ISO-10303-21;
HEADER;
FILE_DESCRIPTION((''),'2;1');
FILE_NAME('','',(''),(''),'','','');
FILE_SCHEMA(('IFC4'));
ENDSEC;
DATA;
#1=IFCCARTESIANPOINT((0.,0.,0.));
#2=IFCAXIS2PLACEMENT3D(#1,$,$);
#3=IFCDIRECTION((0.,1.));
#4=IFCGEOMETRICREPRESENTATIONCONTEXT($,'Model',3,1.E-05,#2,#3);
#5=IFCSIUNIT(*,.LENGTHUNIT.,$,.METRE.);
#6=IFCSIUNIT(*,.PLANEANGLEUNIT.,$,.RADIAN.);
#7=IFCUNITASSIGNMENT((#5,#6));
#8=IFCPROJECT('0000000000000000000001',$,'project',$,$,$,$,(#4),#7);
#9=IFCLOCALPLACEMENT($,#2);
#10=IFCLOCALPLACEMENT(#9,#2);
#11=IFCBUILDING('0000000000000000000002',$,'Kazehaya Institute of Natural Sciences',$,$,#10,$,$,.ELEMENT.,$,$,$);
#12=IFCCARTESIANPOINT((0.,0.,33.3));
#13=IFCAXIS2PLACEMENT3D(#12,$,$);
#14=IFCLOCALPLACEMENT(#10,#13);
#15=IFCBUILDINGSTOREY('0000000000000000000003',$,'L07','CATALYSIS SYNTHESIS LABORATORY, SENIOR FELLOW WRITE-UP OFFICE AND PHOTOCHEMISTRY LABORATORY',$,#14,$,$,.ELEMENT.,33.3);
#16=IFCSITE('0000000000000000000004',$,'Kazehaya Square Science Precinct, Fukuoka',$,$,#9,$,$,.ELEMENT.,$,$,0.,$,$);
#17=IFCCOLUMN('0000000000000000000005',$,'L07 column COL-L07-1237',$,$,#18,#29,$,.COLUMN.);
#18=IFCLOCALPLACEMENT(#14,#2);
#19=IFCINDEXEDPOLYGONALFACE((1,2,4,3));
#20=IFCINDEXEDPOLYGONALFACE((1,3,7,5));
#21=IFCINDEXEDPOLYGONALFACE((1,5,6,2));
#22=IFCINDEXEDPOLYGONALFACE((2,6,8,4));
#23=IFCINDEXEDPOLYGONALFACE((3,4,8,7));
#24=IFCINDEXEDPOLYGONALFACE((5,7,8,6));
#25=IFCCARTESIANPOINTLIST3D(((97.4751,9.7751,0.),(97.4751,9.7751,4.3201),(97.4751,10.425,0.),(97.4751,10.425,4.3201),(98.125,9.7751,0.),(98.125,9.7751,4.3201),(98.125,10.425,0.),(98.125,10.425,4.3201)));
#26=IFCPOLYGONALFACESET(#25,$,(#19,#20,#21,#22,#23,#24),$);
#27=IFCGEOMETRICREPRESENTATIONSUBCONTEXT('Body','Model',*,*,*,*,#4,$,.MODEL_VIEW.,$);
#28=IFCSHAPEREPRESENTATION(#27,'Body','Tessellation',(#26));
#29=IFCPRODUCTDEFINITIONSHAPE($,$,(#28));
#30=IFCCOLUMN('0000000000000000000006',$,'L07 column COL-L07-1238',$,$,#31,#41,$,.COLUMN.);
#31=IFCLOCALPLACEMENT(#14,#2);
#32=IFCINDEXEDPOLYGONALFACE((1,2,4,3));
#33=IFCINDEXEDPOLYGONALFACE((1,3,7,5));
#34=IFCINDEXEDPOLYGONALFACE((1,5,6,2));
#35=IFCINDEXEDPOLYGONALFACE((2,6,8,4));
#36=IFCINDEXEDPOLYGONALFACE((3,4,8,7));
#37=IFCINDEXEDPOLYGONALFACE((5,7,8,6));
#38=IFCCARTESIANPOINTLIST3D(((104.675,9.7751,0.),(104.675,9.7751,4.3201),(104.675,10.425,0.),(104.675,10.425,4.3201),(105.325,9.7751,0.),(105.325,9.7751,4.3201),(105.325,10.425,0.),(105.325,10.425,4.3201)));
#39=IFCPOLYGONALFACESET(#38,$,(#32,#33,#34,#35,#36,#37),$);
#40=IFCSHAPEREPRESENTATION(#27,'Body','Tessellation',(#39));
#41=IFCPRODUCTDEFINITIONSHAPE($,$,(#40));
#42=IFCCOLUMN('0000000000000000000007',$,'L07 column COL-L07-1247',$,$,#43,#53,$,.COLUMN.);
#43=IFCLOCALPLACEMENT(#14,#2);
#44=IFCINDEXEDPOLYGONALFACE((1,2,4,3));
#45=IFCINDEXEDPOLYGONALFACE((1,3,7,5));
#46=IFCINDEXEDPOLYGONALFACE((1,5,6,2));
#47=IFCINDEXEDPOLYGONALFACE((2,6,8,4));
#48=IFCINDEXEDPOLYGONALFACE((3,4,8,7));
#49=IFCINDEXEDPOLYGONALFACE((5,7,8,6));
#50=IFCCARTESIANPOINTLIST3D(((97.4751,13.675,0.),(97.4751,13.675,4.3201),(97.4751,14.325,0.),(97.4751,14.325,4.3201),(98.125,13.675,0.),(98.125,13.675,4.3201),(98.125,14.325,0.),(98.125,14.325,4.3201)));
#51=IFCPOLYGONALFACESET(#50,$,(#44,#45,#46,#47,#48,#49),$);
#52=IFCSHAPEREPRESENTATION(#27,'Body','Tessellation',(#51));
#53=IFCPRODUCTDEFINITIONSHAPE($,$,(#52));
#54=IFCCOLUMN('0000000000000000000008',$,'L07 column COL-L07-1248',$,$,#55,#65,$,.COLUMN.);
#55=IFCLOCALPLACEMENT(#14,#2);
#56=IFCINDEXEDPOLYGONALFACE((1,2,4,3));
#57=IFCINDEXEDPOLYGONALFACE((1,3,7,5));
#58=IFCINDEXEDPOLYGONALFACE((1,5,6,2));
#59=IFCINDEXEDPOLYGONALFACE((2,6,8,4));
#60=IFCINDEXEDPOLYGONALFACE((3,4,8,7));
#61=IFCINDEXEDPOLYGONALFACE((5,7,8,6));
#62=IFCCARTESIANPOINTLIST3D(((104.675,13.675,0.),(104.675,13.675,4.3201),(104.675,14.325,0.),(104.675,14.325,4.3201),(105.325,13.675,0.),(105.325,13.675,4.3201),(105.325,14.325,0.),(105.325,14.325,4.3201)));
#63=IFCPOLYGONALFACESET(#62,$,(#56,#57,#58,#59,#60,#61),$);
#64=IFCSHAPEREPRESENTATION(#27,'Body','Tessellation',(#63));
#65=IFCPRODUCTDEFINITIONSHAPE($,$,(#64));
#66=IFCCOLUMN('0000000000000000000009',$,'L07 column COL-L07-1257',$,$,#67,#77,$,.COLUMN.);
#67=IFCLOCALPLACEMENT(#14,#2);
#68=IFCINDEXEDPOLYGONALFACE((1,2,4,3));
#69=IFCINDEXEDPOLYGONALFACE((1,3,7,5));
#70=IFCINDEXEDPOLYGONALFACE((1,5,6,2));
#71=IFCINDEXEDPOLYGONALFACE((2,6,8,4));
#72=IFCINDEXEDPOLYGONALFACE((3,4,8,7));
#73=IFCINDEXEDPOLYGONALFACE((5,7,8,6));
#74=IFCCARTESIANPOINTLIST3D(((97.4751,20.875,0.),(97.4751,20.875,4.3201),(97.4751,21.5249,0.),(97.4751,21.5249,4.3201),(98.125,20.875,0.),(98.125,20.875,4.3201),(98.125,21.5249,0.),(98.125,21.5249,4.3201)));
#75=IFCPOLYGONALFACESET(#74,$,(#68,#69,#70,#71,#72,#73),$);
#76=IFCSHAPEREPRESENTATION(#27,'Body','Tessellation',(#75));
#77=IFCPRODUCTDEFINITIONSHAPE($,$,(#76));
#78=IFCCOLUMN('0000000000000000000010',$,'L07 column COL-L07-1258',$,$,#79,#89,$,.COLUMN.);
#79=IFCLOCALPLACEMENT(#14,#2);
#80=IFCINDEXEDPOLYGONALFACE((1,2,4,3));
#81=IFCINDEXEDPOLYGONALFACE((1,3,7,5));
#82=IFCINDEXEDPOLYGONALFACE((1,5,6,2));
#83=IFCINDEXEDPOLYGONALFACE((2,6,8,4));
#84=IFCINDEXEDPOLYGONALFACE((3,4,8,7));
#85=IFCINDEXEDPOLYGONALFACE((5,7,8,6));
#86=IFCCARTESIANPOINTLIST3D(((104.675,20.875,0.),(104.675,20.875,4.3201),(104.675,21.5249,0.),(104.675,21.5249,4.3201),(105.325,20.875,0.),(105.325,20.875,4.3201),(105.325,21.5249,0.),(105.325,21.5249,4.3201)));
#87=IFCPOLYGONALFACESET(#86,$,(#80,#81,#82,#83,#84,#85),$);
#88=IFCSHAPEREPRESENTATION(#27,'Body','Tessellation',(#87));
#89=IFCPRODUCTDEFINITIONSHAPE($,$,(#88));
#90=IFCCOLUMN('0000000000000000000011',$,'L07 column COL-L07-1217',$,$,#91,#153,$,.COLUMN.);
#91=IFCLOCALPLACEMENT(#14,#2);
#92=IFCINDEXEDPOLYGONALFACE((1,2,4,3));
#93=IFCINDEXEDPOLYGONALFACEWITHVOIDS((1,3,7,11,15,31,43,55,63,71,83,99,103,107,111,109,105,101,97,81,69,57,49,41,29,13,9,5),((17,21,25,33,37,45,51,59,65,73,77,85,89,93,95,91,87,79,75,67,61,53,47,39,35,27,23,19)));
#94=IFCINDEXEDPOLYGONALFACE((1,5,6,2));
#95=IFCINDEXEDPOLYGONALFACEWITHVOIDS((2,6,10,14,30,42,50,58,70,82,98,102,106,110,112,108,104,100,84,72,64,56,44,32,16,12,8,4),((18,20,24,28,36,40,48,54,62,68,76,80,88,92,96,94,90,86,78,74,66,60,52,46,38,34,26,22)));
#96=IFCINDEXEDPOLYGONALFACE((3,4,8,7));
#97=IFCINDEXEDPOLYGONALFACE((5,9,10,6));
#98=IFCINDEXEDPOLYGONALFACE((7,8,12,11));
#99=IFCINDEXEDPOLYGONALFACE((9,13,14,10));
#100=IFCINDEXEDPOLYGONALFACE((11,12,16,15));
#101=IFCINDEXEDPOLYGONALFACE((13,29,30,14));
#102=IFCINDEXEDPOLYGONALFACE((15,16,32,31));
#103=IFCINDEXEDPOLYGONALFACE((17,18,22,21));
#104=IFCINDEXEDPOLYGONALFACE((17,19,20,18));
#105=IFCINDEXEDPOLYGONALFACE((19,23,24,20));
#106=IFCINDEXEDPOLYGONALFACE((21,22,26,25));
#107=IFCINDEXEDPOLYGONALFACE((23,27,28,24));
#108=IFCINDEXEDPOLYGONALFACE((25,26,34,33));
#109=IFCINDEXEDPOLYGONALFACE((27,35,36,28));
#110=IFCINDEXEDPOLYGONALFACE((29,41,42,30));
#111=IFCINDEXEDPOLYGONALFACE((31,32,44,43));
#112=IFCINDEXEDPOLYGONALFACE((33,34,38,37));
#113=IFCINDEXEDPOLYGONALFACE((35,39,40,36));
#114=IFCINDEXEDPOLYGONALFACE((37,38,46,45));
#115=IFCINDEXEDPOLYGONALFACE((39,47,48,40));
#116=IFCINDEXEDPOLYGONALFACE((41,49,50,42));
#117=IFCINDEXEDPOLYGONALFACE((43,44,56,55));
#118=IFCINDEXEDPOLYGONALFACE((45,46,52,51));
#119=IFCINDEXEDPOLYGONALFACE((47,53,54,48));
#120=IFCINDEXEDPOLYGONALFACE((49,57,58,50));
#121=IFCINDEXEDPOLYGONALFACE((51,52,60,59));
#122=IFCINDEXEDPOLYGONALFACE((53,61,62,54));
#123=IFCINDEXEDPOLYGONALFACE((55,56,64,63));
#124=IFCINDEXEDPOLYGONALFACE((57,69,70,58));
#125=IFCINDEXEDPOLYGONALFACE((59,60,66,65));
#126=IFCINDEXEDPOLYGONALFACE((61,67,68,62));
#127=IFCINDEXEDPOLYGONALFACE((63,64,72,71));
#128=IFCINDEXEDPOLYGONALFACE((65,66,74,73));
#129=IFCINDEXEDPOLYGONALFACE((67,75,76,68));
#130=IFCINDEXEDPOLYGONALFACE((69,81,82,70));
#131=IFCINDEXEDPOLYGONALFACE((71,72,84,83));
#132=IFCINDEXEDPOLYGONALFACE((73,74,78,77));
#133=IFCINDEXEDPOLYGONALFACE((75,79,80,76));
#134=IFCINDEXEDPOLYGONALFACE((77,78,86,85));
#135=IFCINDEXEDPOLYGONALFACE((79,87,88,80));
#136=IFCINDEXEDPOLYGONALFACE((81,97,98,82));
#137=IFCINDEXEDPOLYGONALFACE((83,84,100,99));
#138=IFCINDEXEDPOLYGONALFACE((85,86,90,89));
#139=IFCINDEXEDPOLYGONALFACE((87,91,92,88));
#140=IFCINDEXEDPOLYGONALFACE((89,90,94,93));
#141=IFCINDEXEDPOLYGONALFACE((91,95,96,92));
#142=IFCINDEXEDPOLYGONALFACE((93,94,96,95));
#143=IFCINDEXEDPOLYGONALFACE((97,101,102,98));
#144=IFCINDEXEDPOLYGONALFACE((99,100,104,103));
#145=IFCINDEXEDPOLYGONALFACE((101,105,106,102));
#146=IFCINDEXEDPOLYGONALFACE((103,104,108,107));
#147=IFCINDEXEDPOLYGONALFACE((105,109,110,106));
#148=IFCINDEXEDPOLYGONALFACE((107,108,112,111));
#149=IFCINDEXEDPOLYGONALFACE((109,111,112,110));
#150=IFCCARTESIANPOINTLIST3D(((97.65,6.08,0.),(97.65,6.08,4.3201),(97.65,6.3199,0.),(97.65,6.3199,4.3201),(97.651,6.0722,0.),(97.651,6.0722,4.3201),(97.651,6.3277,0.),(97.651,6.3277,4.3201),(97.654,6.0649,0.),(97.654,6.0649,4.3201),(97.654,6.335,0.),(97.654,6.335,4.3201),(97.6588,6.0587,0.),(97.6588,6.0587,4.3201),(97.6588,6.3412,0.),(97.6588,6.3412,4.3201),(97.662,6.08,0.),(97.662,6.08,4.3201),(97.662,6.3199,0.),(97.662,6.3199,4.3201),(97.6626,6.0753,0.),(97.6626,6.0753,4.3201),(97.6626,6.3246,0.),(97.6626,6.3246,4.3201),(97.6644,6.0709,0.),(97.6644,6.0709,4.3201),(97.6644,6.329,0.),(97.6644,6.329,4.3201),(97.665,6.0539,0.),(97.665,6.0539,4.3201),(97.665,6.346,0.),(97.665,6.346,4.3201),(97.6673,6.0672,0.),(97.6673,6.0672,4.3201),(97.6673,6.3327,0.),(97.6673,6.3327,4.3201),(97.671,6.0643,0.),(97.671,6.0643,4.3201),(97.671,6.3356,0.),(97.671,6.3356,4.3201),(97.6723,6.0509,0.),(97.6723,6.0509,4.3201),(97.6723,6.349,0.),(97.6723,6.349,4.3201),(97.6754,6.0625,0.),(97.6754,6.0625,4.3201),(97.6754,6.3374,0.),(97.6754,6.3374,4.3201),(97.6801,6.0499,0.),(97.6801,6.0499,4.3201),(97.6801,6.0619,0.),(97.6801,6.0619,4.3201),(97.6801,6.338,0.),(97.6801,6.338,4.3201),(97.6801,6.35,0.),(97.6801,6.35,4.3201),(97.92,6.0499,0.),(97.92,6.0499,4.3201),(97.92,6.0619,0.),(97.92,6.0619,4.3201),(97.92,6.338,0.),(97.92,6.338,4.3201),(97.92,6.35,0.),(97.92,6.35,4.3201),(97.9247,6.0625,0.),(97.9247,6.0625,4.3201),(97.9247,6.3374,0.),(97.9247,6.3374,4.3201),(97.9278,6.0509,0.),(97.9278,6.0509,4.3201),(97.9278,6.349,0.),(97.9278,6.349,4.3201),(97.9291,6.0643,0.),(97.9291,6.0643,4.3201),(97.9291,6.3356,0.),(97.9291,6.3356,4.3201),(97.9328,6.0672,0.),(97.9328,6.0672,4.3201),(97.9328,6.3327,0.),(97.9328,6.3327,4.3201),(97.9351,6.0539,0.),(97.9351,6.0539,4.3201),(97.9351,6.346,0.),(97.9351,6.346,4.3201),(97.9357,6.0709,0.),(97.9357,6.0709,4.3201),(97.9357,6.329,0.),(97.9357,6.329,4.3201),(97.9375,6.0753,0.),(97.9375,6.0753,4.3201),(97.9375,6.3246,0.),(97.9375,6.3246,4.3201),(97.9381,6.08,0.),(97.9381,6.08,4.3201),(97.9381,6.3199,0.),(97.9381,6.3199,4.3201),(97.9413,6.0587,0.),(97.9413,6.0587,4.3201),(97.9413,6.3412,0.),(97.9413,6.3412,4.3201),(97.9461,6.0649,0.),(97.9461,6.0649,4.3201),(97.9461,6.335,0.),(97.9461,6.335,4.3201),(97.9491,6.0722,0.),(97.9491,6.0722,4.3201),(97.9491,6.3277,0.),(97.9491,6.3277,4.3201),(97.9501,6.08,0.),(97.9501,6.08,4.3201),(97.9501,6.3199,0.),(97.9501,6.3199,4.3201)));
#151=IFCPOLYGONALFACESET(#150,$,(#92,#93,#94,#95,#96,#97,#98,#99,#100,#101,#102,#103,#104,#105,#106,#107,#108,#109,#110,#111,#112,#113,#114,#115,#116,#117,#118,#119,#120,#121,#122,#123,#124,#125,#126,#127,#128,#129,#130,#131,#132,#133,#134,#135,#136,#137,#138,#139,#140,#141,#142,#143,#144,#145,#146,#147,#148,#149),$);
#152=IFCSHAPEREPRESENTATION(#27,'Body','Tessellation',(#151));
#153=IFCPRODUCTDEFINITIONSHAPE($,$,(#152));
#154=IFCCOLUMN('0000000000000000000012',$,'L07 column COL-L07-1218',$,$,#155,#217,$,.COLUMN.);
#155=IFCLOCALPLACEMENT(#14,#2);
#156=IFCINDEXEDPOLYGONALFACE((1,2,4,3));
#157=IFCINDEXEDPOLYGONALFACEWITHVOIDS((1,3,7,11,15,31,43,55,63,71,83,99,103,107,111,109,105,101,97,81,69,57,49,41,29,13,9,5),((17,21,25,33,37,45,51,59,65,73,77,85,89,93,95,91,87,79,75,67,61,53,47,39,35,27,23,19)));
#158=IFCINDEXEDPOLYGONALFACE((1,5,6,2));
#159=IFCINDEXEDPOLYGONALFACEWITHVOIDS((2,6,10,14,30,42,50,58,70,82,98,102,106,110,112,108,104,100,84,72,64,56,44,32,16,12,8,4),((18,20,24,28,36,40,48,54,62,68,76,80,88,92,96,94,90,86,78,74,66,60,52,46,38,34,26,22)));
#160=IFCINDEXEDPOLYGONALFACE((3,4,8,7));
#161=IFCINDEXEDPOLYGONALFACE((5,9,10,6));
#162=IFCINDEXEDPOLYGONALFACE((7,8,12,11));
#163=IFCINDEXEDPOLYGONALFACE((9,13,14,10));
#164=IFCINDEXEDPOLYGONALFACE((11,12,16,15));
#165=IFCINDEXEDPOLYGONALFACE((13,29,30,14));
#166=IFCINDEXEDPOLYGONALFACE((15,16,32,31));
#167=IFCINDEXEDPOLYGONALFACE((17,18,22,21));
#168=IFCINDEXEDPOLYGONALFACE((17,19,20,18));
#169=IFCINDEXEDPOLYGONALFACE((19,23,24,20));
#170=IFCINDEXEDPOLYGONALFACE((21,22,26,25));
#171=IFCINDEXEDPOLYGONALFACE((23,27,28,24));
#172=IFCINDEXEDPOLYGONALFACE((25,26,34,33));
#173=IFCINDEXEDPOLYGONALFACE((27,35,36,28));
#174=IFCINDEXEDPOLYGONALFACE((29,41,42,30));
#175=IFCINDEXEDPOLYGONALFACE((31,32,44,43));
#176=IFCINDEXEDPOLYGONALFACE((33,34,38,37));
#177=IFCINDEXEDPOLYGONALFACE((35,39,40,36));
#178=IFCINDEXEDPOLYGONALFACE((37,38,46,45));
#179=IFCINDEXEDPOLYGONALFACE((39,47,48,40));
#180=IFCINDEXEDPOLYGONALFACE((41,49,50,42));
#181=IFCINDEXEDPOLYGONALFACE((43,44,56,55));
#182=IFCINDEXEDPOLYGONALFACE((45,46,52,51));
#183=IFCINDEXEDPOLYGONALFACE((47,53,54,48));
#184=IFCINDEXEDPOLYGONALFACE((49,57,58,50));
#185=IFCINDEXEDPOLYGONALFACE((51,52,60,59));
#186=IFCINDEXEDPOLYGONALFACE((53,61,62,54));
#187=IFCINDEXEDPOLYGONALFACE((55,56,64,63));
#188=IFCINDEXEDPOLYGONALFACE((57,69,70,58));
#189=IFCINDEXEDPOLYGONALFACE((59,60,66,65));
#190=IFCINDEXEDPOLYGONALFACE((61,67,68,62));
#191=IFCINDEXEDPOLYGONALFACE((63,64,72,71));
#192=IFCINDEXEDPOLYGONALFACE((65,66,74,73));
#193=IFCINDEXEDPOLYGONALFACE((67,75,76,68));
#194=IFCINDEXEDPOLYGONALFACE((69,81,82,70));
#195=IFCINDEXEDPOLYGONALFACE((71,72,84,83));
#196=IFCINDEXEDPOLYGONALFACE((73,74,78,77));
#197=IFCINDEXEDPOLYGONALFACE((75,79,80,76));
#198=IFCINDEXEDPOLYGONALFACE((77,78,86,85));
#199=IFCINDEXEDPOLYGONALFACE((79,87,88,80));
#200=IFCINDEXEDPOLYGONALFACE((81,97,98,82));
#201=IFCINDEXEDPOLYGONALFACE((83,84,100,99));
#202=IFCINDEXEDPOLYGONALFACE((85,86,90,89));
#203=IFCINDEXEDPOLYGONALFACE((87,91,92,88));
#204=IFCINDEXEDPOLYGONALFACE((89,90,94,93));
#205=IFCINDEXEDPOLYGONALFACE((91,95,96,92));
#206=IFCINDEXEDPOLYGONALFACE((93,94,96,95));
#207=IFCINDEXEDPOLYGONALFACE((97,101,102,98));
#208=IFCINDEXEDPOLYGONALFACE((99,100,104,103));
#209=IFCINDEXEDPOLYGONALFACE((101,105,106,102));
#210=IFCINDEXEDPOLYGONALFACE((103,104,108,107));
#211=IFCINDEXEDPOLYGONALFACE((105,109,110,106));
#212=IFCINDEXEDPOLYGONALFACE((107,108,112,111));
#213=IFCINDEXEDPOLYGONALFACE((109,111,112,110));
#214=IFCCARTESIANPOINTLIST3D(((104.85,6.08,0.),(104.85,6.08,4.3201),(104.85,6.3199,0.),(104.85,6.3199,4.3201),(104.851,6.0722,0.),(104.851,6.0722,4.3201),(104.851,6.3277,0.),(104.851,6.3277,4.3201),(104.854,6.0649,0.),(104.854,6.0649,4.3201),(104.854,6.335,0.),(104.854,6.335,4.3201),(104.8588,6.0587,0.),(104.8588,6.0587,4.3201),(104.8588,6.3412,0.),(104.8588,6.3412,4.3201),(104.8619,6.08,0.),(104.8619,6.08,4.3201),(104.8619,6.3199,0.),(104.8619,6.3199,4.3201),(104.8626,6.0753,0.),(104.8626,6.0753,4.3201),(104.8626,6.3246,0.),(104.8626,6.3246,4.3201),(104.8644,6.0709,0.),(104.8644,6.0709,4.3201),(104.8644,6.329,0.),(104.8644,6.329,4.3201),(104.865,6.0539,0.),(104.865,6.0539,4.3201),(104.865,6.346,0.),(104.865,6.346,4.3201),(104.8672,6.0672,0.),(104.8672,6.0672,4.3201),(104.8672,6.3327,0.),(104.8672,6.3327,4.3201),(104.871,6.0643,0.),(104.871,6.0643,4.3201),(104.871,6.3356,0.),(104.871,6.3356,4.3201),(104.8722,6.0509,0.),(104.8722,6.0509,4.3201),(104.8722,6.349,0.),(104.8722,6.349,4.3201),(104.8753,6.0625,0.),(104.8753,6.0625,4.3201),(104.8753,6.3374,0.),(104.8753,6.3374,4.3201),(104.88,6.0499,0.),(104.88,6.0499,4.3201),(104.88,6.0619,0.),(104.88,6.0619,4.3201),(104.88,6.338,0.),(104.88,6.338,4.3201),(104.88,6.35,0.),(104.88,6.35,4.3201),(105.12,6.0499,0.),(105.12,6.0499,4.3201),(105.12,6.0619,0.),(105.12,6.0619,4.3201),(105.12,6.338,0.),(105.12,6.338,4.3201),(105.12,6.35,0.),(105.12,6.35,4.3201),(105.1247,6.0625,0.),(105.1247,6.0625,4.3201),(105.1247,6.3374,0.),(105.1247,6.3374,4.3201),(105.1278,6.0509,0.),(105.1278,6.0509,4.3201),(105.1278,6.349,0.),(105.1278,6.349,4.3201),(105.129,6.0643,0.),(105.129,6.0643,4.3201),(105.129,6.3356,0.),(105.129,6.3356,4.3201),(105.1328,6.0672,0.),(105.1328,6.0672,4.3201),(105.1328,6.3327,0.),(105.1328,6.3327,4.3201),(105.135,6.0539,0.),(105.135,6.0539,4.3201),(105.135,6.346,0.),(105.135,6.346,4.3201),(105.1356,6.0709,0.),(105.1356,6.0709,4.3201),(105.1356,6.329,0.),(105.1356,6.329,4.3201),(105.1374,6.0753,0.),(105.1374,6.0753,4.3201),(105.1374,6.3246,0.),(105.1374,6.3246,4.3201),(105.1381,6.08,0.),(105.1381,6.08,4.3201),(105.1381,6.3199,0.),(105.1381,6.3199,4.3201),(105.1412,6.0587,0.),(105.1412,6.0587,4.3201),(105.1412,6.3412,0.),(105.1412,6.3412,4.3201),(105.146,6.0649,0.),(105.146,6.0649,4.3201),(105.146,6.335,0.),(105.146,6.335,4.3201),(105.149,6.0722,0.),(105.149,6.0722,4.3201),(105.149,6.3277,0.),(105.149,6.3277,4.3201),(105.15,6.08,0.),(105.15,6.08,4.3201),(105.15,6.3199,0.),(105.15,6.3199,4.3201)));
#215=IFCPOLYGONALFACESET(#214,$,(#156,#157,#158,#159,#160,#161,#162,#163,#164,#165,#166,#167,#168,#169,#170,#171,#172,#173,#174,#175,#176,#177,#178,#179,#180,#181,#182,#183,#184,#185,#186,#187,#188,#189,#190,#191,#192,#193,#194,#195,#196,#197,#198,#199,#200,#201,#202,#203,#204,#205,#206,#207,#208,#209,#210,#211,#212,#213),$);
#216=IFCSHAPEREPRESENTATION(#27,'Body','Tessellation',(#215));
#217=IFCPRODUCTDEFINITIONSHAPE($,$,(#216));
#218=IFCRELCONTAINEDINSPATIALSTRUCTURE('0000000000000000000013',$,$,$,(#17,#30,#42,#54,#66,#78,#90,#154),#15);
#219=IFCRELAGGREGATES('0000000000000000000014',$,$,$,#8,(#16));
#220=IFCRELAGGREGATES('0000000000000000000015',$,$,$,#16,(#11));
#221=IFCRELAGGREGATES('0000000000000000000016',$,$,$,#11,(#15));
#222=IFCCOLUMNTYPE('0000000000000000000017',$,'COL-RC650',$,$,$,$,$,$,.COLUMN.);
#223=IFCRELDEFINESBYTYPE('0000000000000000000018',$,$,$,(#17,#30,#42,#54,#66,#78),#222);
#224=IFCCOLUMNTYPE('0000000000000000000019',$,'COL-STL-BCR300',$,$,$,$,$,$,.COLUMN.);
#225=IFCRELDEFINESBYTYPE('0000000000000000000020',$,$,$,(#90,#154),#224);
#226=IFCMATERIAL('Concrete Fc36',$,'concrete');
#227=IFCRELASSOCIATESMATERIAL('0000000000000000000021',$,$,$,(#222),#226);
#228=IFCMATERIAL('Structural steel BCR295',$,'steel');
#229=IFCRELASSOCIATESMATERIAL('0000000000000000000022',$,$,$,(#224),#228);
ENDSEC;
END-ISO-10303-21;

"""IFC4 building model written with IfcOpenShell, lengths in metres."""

from ifc_helpers import new_model, si_unit, direction, frame, origin, origin_2d, place, context, subcontext, project, spatial, rectangle, hollow_rectangle, extrude, material, material_profile, profile_set, type_object, element, save


model = new_model("IFC4")

# Units and contexts
model_context = context("Model", 3, precision=1e-05, world=origin(), true_north=direction((0.0, 1.0)))
body_context = subcontext(model_context, "Body", "Model", "MODEL_VIEW")
ifc_project = project(units=[si_unit("LENGTHUNIT", "METRE"), si_unit("PLANEANGLEUNIT", "RADIAN")], contexts=[model_context])

# Site, building, storey
site_placement = place(None, origin())
site = spatial("IfcSite", under=ifc_project, at=site_placement, Name="Kazehaya Square Science Precinct, Fukuoka", CompositionType="ELEMENT", RefElevation=0.0)
building_placement = place(site_placement, origin())
building = spatial("IfcBuilding", under=site, at=building_placement, Name="Kazehaya Institute of Natural Sciences", CompositionType="ELEMENT")
storey_placement = place(building_placement, frame((0.0, 0.0, 33.3)))
storey = spatial("IfcBuildingStorey", under=building, at=storey_placement, Name="L07", Description="CATALYSIS SYNTHESIS LABORATORY, SENIOR FELLOW WRITE-UP OFFICE AND PHOTOCHEMISTRY LABORATORY", CompositionType="ELEMENT", Elevation=33.3)

# Columns
ifc_material_1 = material(Name="Concrete Fc36", Category="concrete")
ifc_material_profile_1 = material_profile(ifc_material_1, rectangle(XDim=0.6499, YDim=0.6499, at=origin_2d()), Name="RC-650x650")
ifc_profile_set_1 = profile_set([ifc_material_profile_1], Name="Concrete Fc36")
column_type_1 = type_object("IfcColumnType", Name="COL-RC650", PredefinedType="COLUMN", material=ifc_profile_set_1)
for number, where, z_axis, x_axis, name in (
    (1, (97.8, 10.1001, 0.0), (0.0, 0.0, 1.0), (1.0, 0.0, 0.0), "L07 column COL-L07-1237"),
    (2, (105.0, 10.1001, 0.0), (0.0, 0.0, 1.0), (1.0, 0.0, 0.0), "L07 column COL-L07-1238"),
    (3, (97.8, 14.0, 0.0), (0.0, 0.0, 1.0), (1.0, 0.0, 0.0), "L07 column COL-L07-1247"),
    (4, (105.0, 14.0, 0.0), (0.0, 0.0, 1.0), (1.0, 0.0, 0.0), "L07 column COL-L07-1248"),
    (5, (97.8, 21.2, 0.0), (0.0, 0.0, 1.0), (1.0, 0.0, 0.0), "L07 column COL-L07-1257"),
    (6, (105.0, 21.2, 0.0), (0.0, 0.0, 1.0), (1.0, 0.0, 0.0), "L07 column COL-L07-1258"),
):
    element("IfcColumn", number, at=place(storey_placement, frame(where, z_axis=z_axis, x_axis=x_axis)), inside=storey, type_object=column_type_1, Name=name, PredefinedType="COLUMN", context=body_context, shape_type="SweptSolid", body=[
        extrude(rectangle(XDim=0.6499, YDim=0.6499, at=origin_2d()), origin(), (0.0, 0.0, 1.0), 4.3201),
    ])
ifc_material_2 = material(Name="Structural steel BCR295", Category="steel")
ifc_material_profile_2 = material_profile(ifc_material_2, hollow_rectangle(XDim=0.3, YDim=0.3, WallThickness=0.012, InnerFilletRadius=0.0181, OuterFilletRadius=0.03, at=origin_2d()), Name="BCR-300x300x12")
ifc_profile_set_2 = profile_set([ifc_material_profile_2], Name="Structural steel BCR295")
column_type_2 = type_object("IfcColumnType", Name="COL-STL-BCR300", PredefinedType="COLUMN", material=ifc_profile_set_2)
for number, where, z_axis, x_axis, name in (
    (7, (97.8, 6.2, 0.0), (0.0, 0.0, 1.0), (1.0, 0.0, 0.0), "L07 column COL-L07-1217"),
    (8, (105.0, 6.2, 0.0), (0.0, 0.0, 1.0), (1.0, 0.0, 0.0), "L07 column COL-L07-1218"),
):
    element("IfcColumn", number, at=place(storey_placement, frame(where, z_axis=z_axis, x_axis=x_axis)), inside=storey, type_object=column_type_2, Name=name, PredefinedType="COLUMN", context=body_context, shape_type="SweptSolid", body=[
        extrude(hollow_rectangle(XDim=0.3, YDim=0.3, WallThickness=0.012, InnerFilletRadius=0.0181, OuterFilletRadius=0.03, at=origin_2d()), origin(), (0.0, 0.0, 1.0), 4.3201),
    ])

save(model, "model.ifc")
